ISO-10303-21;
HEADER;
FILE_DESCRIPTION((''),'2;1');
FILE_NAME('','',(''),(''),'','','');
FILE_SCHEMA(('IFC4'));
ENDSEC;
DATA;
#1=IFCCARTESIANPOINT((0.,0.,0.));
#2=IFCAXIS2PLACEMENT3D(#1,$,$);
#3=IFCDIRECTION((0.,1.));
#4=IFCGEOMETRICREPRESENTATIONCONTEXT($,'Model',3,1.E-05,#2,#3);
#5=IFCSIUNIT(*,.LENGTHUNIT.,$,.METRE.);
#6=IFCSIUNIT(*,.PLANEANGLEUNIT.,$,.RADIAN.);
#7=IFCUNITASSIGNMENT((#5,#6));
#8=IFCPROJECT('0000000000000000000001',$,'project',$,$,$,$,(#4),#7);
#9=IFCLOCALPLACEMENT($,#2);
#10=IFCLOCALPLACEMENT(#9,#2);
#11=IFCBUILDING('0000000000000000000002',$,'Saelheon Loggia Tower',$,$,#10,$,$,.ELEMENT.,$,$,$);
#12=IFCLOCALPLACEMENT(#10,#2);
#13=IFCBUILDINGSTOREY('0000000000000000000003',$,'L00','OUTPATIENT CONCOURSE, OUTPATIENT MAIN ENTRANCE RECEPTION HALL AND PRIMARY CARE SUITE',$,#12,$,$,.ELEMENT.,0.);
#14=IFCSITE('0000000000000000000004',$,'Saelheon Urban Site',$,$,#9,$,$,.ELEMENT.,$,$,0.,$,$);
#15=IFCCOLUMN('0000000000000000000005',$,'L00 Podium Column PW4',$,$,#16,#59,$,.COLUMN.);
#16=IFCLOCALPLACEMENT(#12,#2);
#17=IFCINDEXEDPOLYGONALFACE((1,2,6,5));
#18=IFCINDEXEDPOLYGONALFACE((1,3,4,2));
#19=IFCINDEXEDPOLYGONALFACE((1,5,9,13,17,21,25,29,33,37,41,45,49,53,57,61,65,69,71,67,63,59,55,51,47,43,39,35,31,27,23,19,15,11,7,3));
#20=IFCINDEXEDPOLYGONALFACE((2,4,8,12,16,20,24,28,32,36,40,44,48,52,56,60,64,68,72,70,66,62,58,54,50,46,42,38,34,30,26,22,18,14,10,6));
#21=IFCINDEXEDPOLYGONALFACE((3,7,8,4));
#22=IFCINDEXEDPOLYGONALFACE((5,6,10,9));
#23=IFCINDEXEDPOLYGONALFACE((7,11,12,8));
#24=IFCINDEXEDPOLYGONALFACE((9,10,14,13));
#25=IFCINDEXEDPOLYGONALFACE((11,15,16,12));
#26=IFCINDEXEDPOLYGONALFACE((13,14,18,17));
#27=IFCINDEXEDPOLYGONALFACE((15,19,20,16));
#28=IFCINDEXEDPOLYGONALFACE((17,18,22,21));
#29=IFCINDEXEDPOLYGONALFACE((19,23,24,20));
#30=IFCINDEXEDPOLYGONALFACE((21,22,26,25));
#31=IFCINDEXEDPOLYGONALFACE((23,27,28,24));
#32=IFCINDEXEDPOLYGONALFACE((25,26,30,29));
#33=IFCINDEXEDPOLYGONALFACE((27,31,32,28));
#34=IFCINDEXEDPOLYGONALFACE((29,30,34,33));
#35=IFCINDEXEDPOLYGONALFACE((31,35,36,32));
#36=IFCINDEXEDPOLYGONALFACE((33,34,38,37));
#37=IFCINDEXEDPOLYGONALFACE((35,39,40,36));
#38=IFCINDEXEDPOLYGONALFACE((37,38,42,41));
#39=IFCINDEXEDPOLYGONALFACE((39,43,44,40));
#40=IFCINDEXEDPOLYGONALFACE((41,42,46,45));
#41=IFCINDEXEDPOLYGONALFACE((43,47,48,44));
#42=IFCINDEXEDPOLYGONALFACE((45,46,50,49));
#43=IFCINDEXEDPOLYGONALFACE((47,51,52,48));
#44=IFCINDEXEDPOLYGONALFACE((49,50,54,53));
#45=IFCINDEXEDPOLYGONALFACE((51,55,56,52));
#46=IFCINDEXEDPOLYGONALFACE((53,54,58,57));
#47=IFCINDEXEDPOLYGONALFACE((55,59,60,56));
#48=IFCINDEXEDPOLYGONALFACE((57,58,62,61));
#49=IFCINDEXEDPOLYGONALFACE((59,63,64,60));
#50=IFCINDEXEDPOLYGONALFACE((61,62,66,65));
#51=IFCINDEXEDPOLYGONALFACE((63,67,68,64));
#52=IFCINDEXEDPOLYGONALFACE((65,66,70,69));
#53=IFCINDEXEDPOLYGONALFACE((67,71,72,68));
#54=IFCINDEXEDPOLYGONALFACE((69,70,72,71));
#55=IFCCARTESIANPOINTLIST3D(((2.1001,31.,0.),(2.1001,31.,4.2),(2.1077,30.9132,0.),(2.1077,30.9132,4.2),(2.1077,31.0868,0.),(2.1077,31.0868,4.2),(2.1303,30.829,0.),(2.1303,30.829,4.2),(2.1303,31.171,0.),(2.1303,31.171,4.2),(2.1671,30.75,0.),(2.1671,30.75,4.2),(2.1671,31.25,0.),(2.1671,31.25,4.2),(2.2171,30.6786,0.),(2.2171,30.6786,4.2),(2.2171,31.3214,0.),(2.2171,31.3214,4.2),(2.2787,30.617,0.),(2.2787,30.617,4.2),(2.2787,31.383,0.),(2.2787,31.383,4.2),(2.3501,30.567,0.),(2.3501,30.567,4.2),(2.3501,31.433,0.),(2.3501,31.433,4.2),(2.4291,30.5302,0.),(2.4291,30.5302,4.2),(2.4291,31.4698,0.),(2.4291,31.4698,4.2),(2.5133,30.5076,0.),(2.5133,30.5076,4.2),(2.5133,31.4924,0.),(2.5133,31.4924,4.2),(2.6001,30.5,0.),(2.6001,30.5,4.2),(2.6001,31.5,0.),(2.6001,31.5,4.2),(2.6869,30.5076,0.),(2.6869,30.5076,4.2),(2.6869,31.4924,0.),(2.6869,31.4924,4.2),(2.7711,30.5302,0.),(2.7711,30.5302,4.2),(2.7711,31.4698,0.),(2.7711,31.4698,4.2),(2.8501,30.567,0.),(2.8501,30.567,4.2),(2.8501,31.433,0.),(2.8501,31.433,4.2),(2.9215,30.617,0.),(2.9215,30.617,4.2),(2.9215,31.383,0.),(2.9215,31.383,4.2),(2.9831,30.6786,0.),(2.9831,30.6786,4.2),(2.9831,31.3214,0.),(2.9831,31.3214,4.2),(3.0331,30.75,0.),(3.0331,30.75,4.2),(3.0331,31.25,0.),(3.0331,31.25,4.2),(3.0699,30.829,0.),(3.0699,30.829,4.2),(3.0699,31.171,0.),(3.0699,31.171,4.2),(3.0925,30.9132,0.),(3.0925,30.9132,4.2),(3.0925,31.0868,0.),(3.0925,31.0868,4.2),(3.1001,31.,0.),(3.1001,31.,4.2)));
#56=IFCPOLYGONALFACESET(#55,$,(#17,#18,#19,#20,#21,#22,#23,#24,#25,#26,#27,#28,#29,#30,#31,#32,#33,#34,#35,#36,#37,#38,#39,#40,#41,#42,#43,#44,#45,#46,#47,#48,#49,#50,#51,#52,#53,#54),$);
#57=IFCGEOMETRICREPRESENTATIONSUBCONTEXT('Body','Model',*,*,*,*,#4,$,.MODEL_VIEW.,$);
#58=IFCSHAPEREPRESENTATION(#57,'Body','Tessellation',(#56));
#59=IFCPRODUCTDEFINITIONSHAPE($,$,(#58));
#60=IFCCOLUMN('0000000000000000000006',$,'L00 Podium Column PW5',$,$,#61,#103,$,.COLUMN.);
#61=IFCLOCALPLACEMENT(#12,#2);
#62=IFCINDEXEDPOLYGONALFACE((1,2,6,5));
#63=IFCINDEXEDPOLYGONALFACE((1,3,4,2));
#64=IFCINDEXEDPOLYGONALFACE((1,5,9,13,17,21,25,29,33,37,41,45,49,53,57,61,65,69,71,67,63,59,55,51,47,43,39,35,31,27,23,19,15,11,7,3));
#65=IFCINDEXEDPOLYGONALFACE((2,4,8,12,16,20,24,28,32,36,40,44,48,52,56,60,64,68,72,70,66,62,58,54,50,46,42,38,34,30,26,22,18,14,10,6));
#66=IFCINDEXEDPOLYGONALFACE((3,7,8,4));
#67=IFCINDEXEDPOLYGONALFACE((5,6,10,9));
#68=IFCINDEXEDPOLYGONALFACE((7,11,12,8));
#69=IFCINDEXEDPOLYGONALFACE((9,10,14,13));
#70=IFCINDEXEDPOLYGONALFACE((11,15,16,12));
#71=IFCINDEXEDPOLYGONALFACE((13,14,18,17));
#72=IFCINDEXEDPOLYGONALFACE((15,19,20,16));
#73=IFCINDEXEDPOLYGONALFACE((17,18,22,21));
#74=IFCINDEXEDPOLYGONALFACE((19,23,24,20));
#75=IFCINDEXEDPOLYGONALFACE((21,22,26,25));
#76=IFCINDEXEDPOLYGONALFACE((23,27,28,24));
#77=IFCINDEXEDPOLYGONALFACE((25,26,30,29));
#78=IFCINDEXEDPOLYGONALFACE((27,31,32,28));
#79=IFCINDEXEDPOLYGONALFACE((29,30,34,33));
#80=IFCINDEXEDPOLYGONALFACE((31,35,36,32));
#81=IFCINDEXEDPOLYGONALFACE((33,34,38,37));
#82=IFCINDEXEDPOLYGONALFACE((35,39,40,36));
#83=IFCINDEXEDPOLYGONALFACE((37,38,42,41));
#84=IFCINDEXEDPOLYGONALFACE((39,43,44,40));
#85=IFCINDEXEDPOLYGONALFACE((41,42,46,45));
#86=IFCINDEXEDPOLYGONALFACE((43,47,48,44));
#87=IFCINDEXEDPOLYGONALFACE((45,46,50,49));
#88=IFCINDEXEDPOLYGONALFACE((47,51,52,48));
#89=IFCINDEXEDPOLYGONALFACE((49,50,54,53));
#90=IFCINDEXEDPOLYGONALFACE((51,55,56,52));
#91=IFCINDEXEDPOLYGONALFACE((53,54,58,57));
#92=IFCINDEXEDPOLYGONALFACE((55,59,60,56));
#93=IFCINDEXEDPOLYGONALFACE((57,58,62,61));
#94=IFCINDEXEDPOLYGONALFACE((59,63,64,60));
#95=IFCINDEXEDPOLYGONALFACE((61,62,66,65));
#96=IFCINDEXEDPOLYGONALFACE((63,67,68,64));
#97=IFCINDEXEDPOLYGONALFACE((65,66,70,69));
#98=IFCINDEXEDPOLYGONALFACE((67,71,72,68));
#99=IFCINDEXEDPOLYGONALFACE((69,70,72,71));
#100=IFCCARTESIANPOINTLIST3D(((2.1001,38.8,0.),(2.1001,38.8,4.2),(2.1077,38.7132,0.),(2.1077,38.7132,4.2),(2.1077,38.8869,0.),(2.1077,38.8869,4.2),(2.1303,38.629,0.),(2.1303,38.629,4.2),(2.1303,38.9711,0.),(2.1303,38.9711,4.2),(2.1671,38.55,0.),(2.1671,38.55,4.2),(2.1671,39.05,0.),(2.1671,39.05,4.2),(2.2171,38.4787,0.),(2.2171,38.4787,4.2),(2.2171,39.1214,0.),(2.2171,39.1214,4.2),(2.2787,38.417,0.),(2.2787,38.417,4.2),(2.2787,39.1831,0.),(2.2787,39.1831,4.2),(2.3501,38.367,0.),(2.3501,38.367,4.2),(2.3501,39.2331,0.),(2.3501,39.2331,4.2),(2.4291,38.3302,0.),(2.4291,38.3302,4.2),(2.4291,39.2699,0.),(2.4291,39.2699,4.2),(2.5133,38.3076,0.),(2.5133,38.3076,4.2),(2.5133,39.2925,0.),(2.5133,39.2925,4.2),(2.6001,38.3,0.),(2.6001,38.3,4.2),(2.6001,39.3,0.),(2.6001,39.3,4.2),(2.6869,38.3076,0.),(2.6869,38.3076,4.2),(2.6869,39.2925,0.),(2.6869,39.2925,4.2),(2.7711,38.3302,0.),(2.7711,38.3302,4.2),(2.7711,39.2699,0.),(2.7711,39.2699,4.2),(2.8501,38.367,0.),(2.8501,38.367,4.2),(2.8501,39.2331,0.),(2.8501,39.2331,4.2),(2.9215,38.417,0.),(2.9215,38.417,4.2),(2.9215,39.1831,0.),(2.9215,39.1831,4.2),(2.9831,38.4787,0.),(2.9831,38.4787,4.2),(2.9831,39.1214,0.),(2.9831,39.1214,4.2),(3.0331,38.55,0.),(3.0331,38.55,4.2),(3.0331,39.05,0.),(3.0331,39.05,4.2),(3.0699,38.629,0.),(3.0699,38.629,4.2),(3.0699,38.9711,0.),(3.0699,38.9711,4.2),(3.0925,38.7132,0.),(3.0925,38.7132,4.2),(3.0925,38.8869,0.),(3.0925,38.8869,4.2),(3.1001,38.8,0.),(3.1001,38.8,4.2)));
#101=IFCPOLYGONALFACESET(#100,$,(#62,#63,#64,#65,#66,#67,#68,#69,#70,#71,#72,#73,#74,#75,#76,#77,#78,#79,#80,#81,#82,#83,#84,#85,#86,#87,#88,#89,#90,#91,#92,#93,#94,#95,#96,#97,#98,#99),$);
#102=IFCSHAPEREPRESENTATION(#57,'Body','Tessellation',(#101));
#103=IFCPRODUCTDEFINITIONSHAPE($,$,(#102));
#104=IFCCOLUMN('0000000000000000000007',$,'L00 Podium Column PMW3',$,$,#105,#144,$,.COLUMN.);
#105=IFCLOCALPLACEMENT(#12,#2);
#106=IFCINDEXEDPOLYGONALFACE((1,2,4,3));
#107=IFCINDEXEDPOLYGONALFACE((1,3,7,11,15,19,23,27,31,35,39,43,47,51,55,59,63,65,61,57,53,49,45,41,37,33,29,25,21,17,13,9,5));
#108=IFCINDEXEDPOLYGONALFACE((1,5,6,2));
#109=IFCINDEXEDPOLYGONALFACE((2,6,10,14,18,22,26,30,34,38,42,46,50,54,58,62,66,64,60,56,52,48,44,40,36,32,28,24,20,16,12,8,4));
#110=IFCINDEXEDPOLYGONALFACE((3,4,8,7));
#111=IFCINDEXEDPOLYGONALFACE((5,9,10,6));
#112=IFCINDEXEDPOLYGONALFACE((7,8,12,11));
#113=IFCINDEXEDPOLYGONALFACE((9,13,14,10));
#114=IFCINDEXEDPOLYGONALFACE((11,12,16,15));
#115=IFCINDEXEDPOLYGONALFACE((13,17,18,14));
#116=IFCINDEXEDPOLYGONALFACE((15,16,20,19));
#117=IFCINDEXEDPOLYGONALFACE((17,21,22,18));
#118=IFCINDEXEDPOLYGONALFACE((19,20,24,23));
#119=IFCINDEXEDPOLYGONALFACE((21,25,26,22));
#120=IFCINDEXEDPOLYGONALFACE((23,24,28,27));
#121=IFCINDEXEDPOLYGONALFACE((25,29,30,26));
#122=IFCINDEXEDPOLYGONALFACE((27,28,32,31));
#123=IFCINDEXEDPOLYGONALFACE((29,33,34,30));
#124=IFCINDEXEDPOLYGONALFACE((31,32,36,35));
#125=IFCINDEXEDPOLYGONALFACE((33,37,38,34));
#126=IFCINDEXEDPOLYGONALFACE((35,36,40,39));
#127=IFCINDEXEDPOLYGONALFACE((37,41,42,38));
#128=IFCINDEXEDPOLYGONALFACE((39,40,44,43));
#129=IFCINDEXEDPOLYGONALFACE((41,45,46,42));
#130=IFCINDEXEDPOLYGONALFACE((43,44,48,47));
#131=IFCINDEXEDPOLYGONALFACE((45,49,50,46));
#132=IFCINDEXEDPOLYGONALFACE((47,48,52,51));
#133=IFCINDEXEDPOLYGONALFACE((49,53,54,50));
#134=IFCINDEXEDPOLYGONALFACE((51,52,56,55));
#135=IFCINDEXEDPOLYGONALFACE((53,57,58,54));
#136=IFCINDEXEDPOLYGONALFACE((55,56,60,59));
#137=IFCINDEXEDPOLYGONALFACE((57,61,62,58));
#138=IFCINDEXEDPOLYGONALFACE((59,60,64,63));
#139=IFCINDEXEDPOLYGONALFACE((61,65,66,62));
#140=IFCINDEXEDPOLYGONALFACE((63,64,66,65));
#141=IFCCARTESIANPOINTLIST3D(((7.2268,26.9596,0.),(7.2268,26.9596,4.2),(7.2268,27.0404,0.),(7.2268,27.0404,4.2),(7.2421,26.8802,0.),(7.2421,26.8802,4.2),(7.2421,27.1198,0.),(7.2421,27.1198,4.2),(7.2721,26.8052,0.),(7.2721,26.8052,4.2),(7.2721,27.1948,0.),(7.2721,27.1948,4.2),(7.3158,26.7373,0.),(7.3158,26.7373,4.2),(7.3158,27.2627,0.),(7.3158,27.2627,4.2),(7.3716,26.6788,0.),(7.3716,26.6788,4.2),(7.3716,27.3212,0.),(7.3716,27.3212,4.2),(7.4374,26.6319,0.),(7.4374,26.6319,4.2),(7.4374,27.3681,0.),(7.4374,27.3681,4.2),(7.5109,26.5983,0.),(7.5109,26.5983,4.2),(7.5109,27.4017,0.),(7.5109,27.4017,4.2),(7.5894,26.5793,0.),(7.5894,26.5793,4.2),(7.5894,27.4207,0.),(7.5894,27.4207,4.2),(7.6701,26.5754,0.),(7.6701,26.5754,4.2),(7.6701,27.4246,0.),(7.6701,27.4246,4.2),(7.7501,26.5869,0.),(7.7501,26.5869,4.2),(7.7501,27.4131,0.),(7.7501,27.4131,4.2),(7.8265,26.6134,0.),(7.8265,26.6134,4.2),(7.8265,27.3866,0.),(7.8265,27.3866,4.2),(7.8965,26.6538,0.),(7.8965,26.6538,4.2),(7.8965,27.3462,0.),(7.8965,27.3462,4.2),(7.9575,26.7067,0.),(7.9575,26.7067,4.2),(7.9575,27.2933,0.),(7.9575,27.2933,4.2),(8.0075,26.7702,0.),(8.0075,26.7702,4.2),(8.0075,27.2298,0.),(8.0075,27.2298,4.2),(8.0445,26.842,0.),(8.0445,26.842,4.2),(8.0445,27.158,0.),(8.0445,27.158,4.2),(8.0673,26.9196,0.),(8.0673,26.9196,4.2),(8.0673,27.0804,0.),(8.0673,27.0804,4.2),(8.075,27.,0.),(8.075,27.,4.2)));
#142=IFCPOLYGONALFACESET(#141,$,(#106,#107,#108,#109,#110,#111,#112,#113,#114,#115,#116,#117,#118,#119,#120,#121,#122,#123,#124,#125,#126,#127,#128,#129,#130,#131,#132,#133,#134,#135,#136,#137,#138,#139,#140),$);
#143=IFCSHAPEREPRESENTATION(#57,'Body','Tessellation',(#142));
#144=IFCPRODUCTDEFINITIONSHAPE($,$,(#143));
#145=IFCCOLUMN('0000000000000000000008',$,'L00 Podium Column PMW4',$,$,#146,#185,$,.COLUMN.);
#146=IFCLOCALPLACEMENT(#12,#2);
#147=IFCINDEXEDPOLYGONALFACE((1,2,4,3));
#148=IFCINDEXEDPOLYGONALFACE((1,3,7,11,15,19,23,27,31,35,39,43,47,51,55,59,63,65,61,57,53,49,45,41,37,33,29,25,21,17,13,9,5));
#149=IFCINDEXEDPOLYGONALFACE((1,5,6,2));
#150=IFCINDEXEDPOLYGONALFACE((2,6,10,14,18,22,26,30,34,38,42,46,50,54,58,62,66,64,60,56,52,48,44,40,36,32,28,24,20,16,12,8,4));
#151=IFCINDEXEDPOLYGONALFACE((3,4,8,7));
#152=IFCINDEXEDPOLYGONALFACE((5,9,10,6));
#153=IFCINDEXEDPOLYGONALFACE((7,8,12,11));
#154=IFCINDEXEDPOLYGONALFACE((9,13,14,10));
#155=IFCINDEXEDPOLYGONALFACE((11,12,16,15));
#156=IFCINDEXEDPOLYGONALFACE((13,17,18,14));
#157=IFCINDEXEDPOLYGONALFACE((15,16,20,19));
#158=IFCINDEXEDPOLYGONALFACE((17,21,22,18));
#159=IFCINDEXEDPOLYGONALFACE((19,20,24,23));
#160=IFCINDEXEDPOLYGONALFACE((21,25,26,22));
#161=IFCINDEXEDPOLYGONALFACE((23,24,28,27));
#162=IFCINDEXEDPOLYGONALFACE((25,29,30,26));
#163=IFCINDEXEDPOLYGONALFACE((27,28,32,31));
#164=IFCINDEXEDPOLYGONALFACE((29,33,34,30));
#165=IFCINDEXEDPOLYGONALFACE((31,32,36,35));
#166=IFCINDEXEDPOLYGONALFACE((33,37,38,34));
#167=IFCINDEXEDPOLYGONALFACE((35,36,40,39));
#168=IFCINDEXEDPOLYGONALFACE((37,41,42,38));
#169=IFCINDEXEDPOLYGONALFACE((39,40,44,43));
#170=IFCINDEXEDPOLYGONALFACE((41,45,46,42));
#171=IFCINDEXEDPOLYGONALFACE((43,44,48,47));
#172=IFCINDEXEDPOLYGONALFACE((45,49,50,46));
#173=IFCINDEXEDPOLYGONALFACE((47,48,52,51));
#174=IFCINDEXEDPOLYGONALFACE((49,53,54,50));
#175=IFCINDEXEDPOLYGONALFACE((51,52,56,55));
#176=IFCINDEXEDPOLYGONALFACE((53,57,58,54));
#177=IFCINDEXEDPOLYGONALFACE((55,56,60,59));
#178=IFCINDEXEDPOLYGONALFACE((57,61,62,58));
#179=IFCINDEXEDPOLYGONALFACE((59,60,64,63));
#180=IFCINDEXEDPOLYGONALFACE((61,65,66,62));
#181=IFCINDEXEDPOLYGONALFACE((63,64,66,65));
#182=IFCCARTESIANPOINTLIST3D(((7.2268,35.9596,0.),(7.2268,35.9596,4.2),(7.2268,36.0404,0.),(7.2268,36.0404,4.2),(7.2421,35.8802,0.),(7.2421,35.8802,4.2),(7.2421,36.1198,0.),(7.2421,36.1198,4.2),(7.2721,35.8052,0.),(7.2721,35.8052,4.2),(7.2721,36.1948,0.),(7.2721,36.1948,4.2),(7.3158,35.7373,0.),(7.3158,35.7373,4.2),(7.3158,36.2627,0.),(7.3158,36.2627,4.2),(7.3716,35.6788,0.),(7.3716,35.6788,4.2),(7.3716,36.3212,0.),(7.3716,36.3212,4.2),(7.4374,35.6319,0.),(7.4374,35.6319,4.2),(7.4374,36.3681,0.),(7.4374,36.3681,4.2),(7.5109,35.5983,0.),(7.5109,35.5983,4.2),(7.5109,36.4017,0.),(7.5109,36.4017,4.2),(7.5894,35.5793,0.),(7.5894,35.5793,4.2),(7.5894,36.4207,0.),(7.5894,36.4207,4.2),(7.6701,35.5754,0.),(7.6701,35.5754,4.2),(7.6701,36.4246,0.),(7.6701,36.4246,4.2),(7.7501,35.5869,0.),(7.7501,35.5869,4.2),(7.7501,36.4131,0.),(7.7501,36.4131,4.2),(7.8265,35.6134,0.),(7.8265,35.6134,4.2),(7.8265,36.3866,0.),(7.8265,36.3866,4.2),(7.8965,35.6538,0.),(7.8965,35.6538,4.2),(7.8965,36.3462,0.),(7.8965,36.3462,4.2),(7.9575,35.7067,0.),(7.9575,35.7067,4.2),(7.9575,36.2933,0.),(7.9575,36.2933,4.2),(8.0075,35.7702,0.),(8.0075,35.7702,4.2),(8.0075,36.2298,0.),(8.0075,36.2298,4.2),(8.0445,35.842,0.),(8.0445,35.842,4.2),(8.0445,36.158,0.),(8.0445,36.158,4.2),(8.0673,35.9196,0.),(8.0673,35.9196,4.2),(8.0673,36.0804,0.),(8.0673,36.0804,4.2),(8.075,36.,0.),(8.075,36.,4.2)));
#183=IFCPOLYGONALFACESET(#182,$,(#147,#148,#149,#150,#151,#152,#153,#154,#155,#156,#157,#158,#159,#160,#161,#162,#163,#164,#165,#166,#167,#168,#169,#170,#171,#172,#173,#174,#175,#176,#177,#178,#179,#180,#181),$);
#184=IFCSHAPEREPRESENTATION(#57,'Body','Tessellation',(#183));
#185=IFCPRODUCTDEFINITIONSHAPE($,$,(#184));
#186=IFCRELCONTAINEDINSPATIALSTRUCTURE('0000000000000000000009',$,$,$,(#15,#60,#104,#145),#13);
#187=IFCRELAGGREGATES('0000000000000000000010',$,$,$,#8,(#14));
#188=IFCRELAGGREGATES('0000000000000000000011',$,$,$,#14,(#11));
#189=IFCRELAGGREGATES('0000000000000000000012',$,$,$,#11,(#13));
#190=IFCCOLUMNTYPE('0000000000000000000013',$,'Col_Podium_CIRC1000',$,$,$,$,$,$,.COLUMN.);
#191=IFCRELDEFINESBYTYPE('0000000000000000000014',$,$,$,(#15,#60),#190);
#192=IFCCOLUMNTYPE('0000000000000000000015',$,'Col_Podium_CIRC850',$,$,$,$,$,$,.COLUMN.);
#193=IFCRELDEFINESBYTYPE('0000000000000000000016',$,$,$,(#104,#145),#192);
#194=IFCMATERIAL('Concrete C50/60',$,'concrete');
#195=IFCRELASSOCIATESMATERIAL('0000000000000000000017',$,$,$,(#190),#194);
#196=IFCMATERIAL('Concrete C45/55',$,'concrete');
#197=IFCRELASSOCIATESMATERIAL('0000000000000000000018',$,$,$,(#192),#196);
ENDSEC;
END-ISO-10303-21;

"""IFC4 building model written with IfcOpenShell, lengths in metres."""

from ifc_helpers import new_model, si_unit, direction, frame, origin, origin_2d, place, context, subcontext, project, spatial, circle, extrude, source, transform, mapped, material, material_profile, profile_set, type_object, element, save


model = new_model("IFC4")

# Units and contexts
model_context = context("Model", 3, precision=1e-05, world=origin(), true_north=direction((0.0, 1.0)))
body_context = subcontext(model_context, "Body", "Model", "MODEL_VIEW")
ifc_project = project(units=[si_unit("LENGTHUNIT", "METRE"), si_unit("PLANEANGLEUNIT", "RADIAN")], contexts=[model_context])

# Site, building, storey
site_placement = place(None, origin())
site = spatial("IfcSite", under=ifc_project, at=site_placement, Name="Saelheon Urban Site", CompositionType="ELEMENT", RefElevation=0.0)
building_placement = place(site_placement, origin())
building = spatial("IfcBuilding", under=site, at=building_placement, Name="Saelheon Loggia Tower", CompositionType="ELEMENT")
storey_placement = place(building_placement, origin())
storey = spatial("IfcBuildingStorey", under=building, at=storey_placement, Name="L00", Description="OUTPATIENT CONCOURSE, OUTPATIENT MAIN ENTRANCE RECEPTION HALL AND PRIMARY CARE SUITE", CompositionType="ELEMENT", Elevation=0.0)

# Columns
ifc_material_1 = material(Name="Concrete C50/60", Category="concrete")
ifc_material_profile_1 = material_profile(ifc_material_1, circle(Radius=0.5, at=origin_2d()), Name="CIRC-1000")
ifc_profile_set_1 = profile_set([ifc_material_profile_1], Name="Concrete C50/60")
column_type_1 = type_object("IfcColumnType", Name="Col_Podium_CIRC1000", PredefinedType="COLUMN", material=ifc_profile_set_1)
shared_shape_1 = source(origin(), body_context, "Body", "SweptSolid", [
    extrude(circle(Radius=0.5, at=origin_2d()), origin(), (0.0, 0.0, 1.0), 4.2),
])
for number, where, z_axis, x_axis, name in (
    (1, (2.6001, 31.0, 0.0), (0.0, 0.0, 1.0), (1.0, 0.0, 0.0), "L00 Podium Column PW4"),
    (2, (2.6001, 38.8, 0.0), (0.0, 0.0, 1.0), (1.0, 0.0, 0.0), "L00 Podium Column PW5"),
):
    element("IfcColumn", number, at=place(storey_placement, frame(where, z_axis=z_axis, x_axis=x_axis)), inside=storey, type_object=column_type_1, Name=name, PredefinedType="COLUMN", context=body_context, shape_type="MappedRepresentation", body=[
        mapped(shared_shape_1, transform((0.0, 0.0, 0.0), scale=1.0)),
    ])
ifc_material_2 = material(Name="Concrete C45/55", Category="concrete")
ifc_material_profile_2 = material_profile(ifc_material_2, circle(Radius=0.425, at=origin_2d()), Name="CIRC-850")
ifc_profile_set_2 = profile_set([ifc_material_profile_2], Name="Concrete C45/55")
column_type_2 = type_object("IfcColumnType", Name="Col_Podium_CIRC850", PredefinedType="COLUMN", material=ifc_profile_set_2)
shared_shape_2 = source(origin(), body_context, "Body", "SweptSolid", [
    extrude(circle(Radius=0.425, at=origin_2d()), origin(), (0.0, 0.0, 1.0), 4.2),
])
for number, where, z_axis, x_axis, name in (
    (3, (7.6499, 27.0, 0.0), (0.0, 0.0, 1.0), (1.0, 0.0, 0.0), "L00 Podium Column PMW3"),
    (4, (7.6499, 36.0, 0.0), (0.0, 0.0, 1.0), (1.0, 0.0, 0.0), "L00 Podium Column PMW4"),
):
    element("IfcColumn", number, at=place(storey_placement, frame(where, z_axis=z_axis, x_axis=x_axis)), inside=storey, type_object=column_type_2, Name=name, PredefinedType="COLUMN", context=body_context, shape_type="MappedRepresentation", body=[
        mapped(shared_shape_2, transform((0.0, 0.0, 0.0), scale=1.0)),
    ])

save(model, "model.ifc")
